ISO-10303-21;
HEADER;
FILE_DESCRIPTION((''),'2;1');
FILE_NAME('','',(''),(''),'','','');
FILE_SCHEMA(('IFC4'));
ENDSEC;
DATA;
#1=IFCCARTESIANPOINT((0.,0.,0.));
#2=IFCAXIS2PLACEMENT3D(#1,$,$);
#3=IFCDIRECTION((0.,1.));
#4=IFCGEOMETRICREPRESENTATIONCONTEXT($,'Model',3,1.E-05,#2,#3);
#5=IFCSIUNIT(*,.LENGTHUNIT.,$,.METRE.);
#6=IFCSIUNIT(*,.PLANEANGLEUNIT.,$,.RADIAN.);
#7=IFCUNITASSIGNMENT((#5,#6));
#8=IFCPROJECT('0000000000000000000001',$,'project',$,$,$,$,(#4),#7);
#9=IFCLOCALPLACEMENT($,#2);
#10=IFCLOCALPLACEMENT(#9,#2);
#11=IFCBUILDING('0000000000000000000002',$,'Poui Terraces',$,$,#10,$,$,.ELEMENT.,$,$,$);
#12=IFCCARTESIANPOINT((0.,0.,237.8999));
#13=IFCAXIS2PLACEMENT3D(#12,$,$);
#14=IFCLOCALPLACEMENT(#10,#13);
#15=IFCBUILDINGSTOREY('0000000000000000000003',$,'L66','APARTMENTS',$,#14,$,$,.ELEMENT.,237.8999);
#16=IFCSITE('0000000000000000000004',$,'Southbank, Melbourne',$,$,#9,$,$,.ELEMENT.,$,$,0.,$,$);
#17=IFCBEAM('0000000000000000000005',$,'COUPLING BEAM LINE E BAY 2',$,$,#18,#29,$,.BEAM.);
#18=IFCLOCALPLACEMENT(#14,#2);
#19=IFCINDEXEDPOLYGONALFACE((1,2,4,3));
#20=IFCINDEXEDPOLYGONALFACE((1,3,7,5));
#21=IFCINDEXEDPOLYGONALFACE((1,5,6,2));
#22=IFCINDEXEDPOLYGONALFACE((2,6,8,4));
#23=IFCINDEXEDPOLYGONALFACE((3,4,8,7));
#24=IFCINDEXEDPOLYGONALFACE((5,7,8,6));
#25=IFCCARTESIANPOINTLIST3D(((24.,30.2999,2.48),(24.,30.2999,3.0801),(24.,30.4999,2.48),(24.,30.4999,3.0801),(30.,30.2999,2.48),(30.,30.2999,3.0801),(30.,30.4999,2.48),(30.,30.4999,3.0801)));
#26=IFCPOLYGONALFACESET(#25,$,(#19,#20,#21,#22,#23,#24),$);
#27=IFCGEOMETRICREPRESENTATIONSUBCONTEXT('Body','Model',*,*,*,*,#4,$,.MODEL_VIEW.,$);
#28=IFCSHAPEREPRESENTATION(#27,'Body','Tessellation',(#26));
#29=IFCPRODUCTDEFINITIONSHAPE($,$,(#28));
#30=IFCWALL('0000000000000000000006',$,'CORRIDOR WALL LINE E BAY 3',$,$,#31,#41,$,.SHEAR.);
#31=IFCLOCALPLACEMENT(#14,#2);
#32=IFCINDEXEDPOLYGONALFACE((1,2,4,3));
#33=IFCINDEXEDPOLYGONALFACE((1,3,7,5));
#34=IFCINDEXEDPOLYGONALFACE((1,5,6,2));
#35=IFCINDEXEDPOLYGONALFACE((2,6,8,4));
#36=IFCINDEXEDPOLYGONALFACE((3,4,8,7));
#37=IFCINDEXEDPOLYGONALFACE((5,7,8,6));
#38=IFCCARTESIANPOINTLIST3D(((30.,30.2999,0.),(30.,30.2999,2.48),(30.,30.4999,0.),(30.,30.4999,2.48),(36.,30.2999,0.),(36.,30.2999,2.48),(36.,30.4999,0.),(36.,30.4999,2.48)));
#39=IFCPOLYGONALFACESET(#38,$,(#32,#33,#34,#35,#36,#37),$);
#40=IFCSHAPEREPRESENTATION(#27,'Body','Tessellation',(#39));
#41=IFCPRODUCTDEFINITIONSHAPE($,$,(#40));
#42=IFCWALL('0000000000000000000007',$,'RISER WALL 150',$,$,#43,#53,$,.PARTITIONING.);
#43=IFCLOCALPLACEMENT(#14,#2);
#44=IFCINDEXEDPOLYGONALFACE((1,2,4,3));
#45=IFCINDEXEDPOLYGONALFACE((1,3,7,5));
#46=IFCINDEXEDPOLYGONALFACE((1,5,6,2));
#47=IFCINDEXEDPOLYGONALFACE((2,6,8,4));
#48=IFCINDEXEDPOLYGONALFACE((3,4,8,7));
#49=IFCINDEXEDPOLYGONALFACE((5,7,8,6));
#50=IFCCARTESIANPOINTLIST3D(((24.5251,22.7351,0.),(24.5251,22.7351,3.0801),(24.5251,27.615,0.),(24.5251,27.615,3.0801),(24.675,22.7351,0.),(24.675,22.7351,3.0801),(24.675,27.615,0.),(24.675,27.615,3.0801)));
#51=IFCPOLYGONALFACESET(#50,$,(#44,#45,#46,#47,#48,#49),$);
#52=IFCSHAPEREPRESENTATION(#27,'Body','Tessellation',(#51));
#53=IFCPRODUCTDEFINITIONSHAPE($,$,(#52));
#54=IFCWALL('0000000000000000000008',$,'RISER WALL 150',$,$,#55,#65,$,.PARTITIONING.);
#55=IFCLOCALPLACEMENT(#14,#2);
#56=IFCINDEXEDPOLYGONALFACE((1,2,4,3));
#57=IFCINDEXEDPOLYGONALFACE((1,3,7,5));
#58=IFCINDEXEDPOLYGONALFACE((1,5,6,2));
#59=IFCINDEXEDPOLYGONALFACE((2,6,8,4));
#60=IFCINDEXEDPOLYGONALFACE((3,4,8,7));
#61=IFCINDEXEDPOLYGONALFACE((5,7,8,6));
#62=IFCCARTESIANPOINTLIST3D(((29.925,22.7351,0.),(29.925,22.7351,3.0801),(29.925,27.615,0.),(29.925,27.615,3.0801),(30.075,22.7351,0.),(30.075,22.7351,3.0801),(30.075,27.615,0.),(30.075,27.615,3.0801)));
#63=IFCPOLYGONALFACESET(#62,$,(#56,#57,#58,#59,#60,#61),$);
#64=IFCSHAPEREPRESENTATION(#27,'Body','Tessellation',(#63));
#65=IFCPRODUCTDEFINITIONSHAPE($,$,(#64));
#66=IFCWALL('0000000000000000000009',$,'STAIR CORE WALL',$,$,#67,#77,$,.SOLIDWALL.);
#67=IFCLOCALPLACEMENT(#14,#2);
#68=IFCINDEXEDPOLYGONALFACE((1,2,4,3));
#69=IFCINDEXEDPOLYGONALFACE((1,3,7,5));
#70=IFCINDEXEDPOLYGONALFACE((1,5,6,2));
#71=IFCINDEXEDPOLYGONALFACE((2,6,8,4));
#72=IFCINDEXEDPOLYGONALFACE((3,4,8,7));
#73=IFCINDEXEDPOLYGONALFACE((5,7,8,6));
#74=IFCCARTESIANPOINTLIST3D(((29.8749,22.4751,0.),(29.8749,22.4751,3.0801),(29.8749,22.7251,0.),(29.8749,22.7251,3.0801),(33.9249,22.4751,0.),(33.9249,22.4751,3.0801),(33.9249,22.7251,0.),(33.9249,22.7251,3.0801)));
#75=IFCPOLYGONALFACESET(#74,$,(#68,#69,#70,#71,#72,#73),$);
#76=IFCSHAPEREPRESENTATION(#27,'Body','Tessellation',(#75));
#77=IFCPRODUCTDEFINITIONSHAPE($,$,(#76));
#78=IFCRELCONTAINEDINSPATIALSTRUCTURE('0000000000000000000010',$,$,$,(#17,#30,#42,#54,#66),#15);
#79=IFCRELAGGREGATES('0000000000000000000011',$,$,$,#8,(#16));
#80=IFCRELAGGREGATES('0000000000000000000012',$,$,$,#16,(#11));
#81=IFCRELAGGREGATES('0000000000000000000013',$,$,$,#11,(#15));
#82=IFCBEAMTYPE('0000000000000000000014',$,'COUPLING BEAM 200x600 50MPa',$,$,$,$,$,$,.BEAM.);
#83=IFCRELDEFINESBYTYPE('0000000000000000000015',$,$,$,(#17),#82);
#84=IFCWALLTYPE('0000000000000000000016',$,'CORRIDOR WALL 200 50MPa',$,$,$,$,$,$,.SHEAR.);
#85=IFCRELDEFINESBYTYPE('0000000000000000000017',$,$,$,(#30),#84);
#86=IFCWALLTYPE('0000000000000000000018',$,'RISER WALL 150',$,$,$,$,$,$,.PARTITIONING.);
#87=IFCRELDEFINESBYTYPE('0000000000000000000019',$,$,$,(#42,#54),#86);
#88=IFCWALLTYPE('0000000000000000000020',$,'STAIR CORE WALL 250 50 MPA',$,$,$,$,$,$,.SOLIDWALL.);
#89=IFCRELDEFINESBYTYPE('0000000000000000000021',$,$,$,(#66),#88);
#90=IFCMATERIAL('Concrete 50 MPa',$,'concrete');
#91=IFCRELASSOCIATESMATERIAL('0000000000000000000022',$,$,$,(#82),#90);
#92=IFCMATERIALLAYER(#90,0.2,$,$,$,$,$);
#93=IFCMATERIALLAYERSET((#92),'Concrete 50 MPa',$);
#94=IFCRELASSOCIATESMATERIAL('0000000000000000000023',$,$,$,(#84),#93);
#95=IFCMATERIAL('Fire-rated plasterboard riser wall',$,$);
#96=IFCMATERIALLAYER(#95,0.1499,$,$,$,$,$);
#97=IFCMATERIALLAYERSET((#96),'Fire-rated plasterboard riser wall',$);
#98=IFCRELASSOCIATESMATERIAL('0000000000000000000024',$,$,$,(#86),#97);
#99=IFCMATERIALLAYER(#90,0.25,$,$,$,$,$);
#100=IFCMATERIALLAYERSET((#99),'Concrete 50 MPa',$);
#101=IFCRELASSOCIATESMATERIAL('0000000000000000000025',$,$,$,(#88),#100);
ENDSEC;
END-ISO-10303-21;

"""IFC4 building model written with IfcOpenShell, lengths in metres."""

from ifc_helpers import new_model, si_unit, direction, frame, frame_2d, origin, origin_2d, place, context, subcontext, project, spatial, rectangle, extrude, source, transform, mapped, material, layer, layer_set, material_profile, profile_set, type_object, element, save


model = new_model("IFC4")

# Units and contexts
model_context = context("Model", 3, precision=1e-05, world=origin(), true_north=direction((0.0, 1.0)))
body_context = subcontext(model_context, "Body", "Model", "MODEL_VIEW")
ifc_project = project(units=[si_unit("LENGTHUNIT", "METRE"), si_unit("PLANEANGLEUNIT", "RADIAN")], contexts=[model_context])

# Site, building, storey
site_placement = place(None, origin())
site = spatial("IfcSite", under=ifc_project, at=site_placement, Name="Southbank, Melbourne", CompositionType="ELEMENT", RefElevation=0.0)
building_placement = place(site_placement, origin())
building = spatial("IfcBuilding", under=site, at=building_placement, Name="Poui Terraces", CompositionType="ELEMENT")
storey_placement = place(building_placement, frame((0.0, 0.0, 237.8999)))
storey = spatial("IfcBuildingStorey", under=building, at=storey_placement, Name="L66", Description="APARTMENTS", CompositionType="ELEMENT", Elevation=237.8999)

# Beam
ifc_material_1 = material(Name="Concrete 50 MPa", Category="concrete")
ifc_material_profile = material_profile(ifc_material_1, rectangle(XDim=0.2, YDim=0.6001, at=origin_2d()), Name="RC 200x600")
ifc_profile_set = profile_set([ifc_material_profile], Name="Concrete 50 MPa")
beam_type = type_object("IfcBeamType", Name="COUPLING BEAM 200x600 50MPa", PredefinedType="BEAM", material=ifc_profile_set)
shared_shape = source(origin(), body_context, "Body", "SweptSolid", [
    extrude(rectangle(XDim=0.2, YDim=0.6001, at=origin_2d()), origin(), (0.0, 0.0, 1.0), 6.0),
])
beam_placement = place(storey_placement, frame((24.0, 30.3999, 2.78), z_axis=(1.0, 0.0, 0.0), x_axis=(0.0, 1.0, 0.0)))
element("IfcBeam", 1, at=beam_placement, inside=storey, type_object=beam_type, Name="COUPLING BEAM LINE E BAY 2", PredefinedType="BEAM", context=body_context, shape_type="MappedRepresentation", body=[
    mapped(shared_shape, transform((0.0, 0.0, 0.0))),
])

# Walls
ifc_layer_1 = layer(ifc_material_1, 0.2)
ifc_layer_set_1 = layer_set([ifc_layer_1], Name="Concrete 50 MPa")
wall_type_1 = type_object("IfcWallType", Name="CORRIDOR WALL 200 50MPa", PredefinedType="SHEAR", material=ifc_layer_set_1)
wall_1_placement = place(storey_placement, frame((30.0, 30.3999, 0.0), z_axis=(0.0, 0.0, 1.0), x_axis=(1.0, 0.0, 0.0)))
element("IfcWall", 2, at=wall_1_placement, inside=storey, type_object=wall_type_1, Name="CORRIDOR WALL LINE E BAY 3", PredefinedType="SHEAR", context=body_context, shape_type="SweptSolid", body=[
    extrude(rectangle(XDim=6.0, YDim=0.2, at=frame_2d((3.0, 0.0))), origin(), (0.0, 0.0, 1.0), 2.48),
])
ifc_material_2 = material(Name="Fire-rated plasterboard riser wall")
ifc_layer_2 = layer(ifc_material_2, 0.1499)
ifc_layer_set_2 = layer_set([ifc_layer_2], Name="Fire-rated plasterboard riser wall")
wall_type_2 = type_object("IfcWallType", Name="RISER WALL 150", PredefinedType="PARTITIONING", material=ifc_layer_set_2)
for number, where, z_axis, x_axis, name in (
    (3, (24.6001, 22.7351, 0.0), (0.0, 0.0, 1.0), (0.0, 1.0, 0.0), "RISER WALL 150"),
    (4, (30.0, 22.7351, 0.0), (0.0, 0.0, 1.0), (0.0, 1.0, 0.0), "RISER WALL 150"),
):
    element("IfcWall", number, at=place(storey_placement, frame(where, z_axis=z_axis, x_axis=x_axis)), inside=storey, type_object=wall_type_2, Name=name, PredefinedType="PARTITIONING", context=body_context, shape_type="SweptSolid", body=[
        extrude(rectangle(XDim=4.8799, YDim=0.1499, at=frame_2d((2.4399, 0.0))), origin(), (0.0, 0.0, 1.0), 3.0801),
    ])
ifc_layer_3 = layer(ifc_material_1, 0.25)
ifc_layer_set_3 = layer_set([ifc_layer_3], Name="Concrete 50 MPa")
wall_type_3 = type_object("IfcWallType", Name="STAIR CORE WALL 250 50 MPA", PredefinedType="SOLIDWALL", material=ifc_layer_set_3)
wall_2_placement = place(storey_placement, frame((29.875, 22.6001, 0.0), z_axis=(0.0, 0.0, 1.0), x_axis=(1.0, 0.0, 0.0)))
element("IfcWall", 5, at=wall_2_placement, inside=storey, type_object=wall_type_3, Name="STAIR CORE WALL", PredefinedType="SOLIDWALL", context=body_context, shape_type="SweptSolid", body=[
    extrude(rectangle(XDim=4.05, YDim=0.25, at=frame_2d((2.0249, 0.0))), origin(), (0.0, 0.0, 1.0), 3.0801),
])

save(model, "model.ifc")
